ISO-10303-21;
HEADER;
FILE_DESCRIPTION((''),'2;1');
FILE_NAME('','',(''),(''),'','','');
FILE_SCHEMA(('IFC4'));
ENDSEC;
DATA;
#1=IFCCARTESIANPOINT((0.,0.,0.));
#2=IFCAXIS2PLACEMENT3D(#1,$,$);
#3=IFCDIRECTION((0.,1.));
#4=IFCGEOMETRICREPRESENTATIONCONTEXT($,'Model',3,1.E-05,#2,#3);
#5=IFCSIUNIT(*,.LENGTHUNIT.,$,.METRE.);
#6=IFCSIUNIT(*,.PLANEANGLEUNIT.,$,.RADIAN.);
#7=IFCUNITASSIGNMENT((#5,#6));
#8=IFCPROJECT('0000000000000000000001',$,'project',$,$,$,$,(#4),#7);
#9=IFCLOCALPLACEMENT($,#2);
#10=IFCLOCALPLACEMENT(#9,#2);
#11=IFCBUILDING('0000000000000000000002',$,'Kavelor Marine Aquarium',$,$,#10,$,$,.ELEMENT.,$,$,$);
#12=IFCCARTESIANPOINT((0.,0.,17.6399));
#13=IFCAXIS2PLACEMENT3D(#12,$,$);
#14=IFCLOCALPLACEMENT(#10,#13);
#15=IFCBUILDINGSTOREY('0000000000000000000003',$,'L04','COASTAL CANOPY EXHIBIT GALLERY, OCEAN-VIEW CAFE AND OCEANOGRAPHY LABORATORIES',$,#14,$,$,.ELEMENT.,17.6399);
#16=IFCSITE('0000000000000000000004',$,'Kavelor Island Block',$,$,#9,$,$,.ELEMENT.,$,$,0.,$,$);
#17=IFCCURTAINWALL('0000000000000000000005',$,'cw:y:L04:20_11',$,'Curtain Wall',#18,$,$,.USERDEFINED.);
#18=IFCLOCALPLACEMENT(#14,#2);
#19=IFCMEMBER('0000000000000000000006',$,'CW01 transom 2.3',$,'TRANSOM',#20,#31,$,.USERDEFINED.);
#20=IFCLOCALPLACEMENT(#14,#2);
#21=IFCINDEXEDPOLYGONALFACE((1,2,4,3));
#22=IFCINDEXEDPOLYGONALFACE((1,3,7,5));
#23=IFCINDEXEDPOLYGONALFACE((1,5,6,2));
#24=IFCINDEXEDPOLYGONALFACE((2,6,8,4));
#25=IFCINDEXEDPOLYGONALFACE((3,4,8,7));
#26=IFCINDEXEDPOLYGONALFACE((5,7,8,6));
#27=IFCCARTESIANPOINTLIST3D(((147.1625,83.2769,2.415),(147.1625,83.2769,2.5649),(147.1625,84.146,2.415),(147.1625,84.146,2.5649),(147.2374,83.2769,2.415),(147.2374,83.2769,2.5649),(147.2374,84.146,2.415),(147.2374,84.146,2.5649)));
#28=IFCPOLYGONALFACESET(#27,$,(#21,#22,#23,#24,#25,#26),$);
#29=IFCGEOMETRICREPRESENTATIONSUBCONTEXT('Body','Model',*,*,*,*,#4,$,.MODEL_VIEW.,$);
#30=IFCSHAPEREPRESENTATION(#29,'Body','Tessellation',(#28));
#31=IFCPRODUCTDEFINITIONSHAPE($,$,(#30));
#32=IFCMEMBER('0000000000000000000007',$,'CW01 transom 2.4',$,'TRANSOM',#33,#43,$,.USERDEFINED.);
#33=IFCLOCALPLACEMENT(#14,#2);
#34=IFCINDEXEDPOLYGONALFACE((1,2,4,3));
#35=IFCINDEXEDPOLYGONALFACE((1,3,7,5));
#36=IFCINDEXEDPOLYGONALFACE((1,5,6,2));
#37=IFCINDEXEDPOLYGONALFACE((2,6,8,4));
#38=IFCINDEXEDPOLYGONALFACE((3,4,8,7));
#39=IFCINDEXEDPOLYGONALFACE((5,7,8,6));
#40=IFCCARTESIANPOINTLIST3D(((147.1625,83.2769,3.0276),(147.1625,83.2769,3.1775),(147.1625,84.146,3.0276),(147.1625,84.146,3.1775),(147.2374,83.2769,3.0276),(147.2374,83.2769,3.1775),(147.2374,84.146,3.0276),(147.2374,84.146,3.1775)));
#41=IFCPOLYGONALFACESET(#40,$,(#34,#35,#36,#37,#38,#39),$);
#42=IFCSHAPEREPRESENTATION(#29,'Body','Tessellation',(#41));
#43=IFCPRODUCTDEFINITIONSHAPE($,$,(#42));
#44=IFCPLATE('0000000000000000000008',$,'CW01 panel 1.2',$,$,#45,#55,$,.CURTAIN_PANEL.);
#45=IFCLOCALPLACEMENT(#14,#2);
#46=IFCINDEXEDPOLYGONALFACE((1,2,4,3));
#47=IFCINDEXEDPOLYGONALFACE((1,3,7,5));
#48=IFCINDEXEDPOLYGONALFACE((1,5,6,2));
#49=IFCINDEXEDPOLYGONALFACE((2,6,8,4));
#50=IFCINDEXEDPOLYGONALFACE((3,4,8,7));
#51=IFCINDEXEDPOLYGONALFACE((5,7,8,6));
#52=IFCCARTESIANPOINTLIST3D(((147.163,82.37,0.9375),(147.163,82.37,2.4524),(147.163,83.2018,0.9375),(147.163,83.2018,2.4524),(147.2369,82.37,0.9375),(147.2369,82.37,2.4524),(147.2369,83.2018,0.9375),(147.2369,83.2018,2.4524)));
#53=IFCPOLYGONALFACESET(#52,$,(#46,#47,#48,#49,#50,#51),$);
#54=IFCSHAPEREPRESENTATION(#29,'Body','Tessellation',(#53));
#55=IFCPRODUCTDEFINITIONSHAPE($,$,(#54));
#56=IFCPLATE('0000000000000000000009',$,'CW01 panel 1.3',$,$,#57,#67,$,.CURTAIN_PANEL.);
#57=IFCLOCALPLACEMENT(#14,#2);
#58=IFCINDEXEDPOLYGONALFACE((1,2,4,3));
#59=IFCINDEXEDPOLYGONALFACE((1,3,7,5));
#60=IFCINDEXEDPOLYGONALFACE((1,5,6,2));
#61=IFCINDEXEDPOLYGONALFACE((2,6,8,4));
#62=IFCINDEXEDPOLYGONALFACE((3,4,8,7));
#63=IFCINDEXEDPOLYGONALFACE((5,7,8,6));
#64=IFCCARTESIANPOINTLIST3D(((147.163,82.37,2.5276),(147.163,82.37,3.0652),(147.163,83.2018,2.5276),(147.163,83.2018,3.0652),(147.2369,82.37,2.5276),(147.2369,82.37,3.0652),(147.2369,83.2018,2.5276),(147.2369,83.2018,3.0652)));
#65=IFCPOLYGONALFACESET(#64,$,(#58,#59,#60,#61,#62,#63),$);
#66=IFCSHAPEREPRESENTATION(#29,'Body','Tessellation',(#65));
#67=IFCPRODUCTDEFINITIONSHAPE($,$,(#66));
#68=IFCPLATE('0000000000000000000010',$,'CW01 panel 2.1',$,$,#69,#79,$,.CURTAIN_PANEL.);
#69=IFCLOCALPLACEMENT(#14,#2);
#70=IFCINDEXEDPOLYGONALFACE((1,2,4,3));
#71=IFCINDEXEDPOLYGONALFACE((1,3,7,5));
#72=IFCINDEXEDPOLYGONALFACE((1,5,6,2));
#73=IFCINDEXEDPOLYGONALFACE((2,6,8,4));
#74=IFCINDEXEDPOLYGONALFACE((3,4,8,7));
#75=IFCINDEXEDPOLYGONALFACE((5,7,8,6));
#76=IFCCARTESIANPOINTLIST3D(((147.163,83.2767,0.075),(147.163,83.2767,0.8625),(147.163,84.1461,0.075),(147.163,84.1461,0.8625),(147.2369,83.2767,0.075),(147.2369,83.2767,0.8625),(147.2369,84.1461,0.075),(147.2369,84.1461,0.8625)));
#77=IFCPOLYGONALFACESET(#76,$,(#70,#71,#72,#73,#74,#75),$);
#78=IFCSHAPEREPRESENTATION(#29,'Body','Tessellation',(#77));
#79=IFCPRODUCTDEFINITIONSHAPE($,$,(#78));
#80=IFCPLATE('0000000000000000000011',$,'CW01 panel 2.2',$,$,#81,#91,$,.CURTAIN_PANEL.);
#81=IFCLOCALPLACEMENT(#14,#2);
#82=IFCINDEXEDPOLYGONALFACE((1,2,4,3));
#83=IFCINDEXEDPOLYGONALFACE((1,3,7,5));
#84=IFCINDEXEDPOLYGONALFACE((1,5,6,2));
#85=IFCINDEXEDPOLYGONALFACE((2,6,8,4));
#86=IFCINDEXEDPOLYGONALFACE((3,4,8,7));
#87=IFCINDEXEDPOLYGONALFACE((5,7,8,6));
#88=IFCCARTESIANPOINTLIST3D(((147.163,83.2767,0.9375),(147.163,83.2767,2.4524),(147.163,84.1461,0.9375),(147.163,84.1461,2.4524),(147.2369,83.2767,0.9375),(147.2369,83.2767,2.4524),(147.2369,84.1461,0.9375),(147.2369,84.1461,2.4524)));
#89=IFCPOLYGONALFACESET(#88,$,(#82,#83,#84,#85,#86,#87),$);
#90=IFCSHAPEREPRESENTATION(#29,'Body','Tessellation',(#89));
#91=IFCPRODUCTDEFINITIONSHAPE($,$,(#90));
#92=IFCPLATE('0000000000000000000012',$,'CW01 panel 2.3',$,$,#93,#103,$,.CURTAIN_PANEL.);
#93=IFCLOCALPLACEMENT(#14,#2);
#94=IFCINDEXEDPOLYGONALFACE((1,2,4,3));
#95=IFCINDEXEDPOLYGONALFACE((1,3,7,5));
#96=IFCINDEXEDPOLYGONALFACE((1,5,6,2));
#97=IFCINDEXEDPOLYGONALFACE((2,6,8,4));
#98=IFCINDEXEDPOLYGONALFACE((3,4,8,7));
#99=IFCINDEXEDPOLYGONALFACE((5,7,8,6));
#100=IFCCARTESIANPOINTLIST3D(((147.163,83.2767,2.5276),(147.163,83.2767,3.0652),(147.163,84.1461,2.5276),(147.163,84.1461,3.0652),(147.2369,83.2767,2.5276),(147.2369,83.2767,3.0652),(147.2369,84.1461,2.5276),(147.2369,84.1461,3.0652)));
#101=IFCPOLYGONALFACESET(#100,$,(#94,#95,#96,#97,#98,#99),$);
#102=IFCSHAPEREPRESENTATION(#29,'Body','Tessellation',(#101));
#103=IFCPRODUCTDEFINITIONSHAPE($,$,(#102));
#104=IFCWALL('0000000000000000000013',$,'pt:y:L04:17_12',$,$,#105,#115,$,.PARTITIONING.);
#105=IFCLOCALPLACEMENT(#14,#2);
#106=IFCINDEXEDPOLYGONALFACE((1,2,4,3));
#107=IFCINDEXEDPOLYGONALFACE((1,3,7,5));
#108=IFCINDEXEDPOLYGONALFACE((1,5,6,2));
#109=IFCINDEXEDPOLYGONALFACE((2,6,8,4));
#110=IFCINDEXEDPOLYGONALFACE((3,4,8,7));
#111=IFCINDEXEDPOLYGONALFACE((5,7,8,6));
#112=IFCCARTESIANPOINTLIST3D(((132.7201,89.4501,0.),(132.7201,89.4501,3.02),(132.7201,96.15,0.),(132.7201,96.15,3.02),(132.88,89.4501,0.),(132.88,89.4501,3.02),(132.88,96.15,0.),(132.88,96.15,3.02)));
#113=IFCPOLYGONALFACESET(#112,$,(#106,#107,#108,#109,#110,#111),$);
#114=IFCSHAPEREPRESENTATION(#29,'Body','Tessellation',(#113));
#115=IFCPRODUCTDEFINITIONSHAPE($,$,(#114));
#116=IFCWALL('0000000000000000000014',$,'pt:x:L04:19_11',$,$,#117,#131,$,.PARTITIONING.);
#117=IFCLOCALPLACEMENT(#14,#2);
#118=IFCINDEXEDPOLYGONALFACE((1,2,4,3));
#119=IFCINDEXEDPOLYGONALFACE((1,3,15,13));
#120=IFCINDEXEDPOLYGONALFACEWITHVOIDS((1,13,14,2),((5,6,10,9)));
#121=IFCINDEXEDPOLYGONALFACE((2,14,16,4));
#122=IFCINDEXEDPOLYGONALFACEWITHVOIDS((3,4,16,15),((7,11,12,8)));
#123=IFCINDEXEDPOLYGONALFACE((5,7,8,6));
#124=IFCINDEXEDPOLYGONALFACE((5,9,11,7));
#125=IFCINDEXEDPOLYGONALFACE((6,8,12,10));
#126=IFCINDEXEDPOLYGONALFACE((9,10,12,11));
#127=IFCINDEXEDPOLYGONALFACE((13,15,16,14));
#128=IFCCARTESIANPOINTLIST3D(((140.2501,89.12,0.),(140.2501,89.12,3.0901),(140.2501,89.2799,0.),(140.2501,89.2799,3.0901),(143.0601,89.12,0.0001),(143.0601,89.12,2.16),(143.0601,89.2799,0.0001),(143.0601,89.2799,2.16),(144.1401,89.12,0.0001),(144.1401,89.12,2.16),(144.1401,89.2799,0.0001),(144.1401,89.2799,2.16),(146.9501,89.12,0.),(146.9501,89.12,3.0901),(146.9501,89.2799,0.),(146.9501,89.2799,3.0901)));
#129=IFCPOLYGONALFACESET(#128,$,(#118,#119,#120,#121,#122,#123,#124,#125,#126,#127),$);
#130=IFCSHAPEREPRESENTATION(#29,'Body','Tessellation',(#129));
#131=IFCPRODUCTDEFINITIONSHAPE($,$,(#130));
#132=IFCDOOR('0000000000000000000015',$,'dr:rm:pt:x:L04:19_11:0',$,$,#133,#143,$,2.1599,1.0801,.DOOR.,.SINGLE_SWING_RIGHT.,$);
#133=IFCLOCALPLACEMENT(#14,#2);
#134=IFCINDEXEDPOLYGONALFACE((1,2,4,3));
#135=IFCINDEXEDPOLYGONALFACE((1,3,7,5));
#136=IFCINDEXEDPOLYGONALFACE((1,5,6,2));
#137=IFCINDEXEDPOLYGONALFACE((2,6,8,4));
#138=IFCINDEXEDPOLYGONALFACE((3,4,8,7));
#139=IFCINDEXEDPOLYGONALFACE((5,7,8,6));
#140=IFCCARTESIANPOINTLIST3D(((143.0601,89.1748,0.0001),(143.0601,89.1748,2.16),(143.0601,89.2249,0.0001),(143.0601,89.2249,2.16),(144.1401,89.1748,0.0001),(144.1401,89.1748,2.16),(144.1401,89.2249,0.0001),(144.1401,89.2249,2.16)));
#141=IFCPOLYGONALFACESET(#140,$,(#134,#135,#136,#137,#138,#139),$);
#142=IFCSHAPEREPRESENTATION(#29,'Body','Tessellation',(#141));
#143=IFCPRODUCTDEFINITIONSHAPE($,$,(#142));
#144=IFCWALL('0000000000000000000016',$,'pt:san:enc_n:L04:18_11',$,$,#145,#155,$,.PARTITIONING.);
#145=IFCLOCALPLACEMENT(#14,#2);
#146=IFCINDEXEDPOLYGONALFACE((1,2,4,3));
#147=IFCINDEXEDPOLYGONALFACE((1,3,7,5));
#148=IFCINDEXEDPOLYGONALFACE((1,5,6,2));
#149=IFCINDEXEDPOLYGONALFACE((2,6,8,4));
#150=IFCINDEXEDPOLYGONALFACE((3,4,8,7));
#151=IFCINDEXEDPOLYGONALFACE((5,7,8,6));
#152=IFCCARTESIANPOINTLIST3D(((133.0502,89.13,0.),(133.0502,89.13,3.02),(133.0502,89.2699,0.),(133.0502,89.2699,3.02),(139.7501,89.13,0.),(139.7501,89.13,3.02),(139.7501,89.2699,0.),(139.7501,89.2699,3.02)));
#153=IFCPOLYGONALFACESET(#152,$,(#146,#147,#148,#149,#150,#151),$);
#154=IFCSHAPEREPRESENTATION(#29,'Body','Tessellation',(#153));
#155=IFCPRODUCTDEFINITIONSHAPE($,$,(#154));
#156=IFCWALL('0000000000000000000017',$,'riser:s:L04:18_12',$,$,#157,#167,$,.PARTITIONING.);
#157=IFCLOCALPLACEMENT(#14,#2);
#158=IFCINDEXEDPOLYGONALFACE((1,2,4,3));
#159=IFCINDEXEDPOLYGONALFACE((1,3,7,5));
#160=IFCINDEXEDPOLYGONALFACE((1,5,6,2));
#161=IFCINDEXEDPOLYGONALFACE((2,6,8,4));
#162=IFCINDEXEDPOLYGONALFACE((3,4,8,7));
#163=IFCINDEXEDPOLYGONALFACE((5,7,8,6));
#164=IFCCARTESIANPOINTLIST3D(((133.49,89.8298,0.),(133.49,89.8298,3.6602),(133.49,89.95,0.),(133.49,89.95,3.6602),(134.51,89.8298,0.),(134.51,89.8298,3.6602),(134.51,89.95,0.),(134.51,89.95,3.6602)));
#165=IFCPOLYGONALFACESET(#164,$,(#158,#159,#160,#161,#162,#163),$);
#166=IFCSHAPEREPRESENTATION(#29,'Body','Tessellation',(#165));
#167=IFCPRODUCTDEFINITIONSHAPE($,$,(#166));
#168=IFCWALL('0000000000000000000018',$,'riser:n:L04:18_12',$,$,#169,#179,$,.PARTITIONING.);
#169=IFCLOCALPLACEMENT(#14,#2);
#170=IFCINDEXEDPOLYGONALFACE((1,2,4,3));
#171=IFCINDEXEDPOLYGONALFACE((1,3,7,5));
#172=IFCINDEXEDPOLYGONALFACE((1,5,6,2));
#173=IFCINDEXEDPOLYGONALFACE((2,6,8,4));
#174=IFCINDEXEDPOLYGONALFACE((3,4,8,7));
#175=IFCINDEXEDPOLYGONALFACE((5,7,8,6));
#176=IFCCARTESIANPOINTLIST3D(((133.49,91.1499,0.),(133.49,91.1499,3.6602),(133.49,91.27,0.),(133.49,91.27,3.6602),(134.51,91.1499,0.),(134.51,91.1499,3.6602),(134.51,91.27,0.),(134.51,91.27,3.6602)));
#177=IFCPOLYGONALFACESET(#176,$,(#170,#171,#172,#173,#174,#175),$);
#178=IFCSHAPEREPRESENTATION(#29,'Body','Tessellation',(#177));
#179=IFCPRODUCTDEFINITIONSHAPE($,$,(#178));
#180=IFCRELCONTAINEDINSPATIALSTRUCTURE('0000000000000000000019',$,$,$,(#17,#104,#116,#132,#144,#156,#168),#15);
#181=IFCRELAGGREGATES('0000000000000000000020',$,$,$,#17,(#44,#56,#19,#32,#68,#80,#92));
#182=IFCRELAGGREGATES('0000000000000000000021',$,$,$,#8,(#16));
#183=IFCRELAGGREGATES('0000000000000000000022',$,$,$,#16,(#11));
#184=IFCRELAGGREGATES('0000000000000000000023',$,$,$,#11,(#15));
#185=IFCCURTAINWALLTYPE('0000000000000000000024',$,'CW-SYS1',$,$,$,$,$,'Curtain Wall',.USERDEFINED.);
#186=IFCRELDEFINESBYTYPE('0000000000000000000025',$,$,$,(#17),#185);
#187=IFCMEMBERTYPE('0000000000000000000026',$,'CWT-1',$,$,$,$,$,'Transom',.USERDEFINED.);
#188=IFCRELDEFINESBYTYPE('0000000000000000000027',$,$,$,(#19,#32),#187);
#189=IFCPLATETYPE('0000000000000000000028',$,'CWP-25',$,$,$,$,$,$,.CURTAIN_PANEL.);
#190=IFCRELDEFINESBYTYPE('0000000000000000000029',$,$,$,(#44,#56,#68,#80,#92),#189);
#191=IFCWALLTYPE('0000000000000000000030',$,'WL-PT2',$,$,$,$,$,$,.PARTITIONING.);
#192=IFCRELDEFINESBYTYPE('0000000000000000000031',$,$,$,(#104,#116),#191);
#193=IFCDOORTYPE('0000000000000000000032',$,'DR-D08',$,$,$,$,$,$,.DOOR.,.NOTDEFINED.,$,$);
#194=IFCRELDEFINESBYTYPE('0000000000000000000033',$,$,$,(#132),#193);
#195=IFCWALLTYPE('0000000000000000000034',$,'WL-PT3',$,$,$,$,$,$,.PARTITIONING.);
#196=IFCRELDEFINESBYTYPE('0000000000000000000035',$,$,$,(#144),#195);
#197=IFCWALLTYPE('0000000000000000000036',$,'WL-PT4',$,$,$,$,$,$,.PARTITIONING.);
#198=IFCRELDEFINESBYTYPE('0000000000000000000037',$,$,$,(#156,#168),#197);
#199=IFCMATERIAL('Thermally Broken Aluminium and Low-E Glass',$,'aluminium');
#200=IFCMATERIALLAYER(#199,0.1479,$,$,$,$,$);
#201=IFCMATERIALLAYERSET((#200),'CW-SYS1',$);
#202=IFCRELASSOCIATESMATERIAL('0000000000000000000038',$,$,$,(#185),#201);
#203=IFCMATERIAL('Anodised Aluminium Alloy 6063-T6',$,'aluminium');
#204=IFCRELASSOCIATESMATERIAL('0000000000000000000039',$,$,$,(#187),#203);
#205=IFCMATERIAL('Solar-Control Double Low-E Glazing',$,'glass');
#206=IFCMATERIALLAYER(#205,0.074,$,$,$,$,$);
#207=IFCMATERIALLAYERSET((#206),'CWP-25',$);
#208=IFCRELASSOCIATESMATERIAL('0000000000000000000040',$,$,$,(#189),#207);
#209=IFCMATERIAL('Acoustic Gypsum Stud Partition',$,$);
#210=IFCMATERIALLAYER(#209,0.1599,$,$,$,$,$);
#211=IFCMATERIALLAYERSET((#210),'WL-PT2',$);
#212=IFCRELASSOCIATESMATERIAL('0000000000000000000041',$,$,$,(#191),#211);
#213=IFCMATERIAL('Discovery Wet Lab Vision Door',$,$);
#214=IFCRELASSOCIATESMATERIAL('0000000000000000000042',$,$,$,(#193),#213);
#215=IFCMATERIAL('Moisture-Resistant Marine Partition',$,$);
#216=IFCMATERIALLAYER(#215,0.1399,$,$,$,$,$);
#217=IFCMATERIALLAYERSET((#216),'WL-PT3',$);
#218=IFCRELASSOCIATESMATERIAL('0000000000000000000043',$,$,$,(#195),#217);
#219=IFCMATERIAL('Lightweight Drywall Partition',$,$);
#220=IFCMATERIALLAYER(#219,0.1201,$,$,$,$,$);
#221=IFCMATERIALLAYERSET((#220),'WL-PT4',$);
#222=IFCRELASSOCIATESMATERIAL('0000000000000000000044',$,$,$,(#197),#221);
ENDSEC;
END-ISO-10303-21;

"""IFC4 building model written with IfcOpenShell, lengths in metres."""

from ifc_helpers import new_model, si_unit, direction, frame, frame_2d, origin, origin_2d, place, context, subcontext, project, spatial, rectangle, extrude, material, layer, layer_set, material_profile, profile_set, type_object, element, fill, aggregate, save


model = new_model("IFC4")

# Units and contexts
model_context = context("Model", 3, precision=1e-05, world=origin(), true_north=direction((0.0, 1.0)))
body_context = subcontext(model_context, "Body", "Model", "MODEL_VIEW")
ifc_project = project(units=[si_unit("LENGTHUNIT", "METRE"), si_unit("PLANEANGLEUNIT", "RADIAN")], contexts=[model_context])

# Site, building, storey
site_placement = place(None, origin())
site = spatial("IfcSite", under=ifc_project, at=site_placement, Name="Kavelor Island Block", CompositionType="ELEMENT", RefElevation=0.0)
building_placement = place(site_placement, origin())
building = spatial("IfcBuilding", under=site, at=building_placement, Name="Kavelor Marine Aquarium", CompositionType="ELEMENT")
storey_placement = place(building_placement, frame((0.0, 0.0, 17.6399)))
storey = spatial("IfcBuildingStorey", under=building, at=storey_placement, Name="L04", Description="COASTAL CANOPY EXHIBIT GALLERY, OCEAN-VIEW CAFE AND OCEANOGRAPHY LABORATORIES", CompositionType="ELEMENT", Elevation=17.6399)

# Curtain wall, members, plates
ifc_material_1 = material(Name="Thermally Broken Aluminium and Low-E Glass", Category="aluminium")
ifc_layer_1 = layer(ifc_material_1, 0.1479)
ifc_layer_set_1 = layer_set([ifc_layer_1], Name="CW-SYS1")
curtain_wall_type = type_object("IfcCurtainWallType", Name="CW-SYS1", ElementType="Curtain Wall", PredefinedType="USERDEFINED", material=ifc_layer_set_1)
curtain_wall_placement = place(storey_placement, origin())
curtain_wall = element("IfcCurtainWall", 1, at=curtain_wall_placement, inside=storey, type_object=curtain_wall_type, Name="cw:y:L04:20_11", ObjectType="Curtain Wall", PredefinedType="USERDEFINED")
ifc_material_2 = material(Name="Anodised Aluminium Alloy 6063-T6", Category="aluminium")
ifc_material_profile_1 = material_profile(ifc_material_2, rectangle(XDim=0.075, YDim=0.1499, at=origin_2d()), Name="CW-TRN 75x150")
ifc_profile_set_1 = profile_set([ifc_material_profile_1], Name="Anodised Aluminium Alloy 6063-T6")
member_type_1 = type_object("IfcMemberType", Name="CWT-1", ElementType="Transom", PredefinedType="USERDEFINED", material=ifc_profile_set_1)
member_1_placement = place(storey_placement, frame((147.2, 83.2769, 2.49), z_axis=(0.0, 1.0, 0.0), x_axis=(-1.0, 0.0, 0.0)))
member_1 = element("IfcMember", 2, at=member_1_placement, type_object=member_type_1, Name="CW01 transom 2.3", ObjectType="TRANSOM", PredefinedType="USERDEFINED", context=body_context, shape_type="SweptSolid", body=[
    extrude(rectangle(XDim=0.075, YDim=0.1499, at=origin_2d()), origin(), (0.0, 0.0, 1.0), 0.8691),
])
member_2_placement = place(storey_placement, frame((147.2, 83.2769, 3.1025), z_axis=(0.0, 1.0, 0.0), x_axis=(-1.0, 0.0, 0.0)))
member_2 = element("IfcMember", 3, at=member_2_placement, type_object=member_type_1, Name="CW01 transom 2.4", ObjectType="TRANSOM", PredefinedType="USERDEFINED", context=body_context, shape_type="SweptSolid", body=[
    extrude(rectangle(XDim=0.075, YDim=0.1499, at=origin_2d()), origin(), (0.0, 0.0, 1.0), 0.8691),
])
ifc_material_3 = material(Name="Solar-Control Double Low-E Glazing", Category="glass")
ifc_layer_2 = layer(ifc_material_3, 0.074)
ifc_layer_set_2 = layer_set([ifc_layer_2], Name="CWP-25")
plate_type = type_object("IfcPlateType", Name="CWP-25", PredefinedType="CURTAIN_PANEL", material=ifc_layer_set_2)
plate_1_placement = place(storey_placement, frame((147.2, 82.7859, 0.9375), z_axis=(0.0, 0.0, 1.0), x_axis=(0.0, 1.0, 0.0)))
plate_1 = element("IfcPlate", 4, at=plate_1_placement, type_object=plate_type, Name="CW01 panel 1.2", PredefinedType="CURTAIN_PANEL", context=body_context, shape_type="SweptSolid", body=[
    extrude(rectangle(XDim=0.8318, YDim=0.074, at=origin_2d()), origin(), (0.0, 0.0, 1.0), 1.5149),
])
plate_2_placement = place(storey_placement, frame((147.2, 82.7859, 2.5276), z_axis=(0.0, 0.0, 1.0), x_axis=(0.0, 1.0, 0.0)))
plate_2 = element("IfcPlate", 5, at=plate_2_placement, type_object=plate_type, Name="CW01 panel 1.3", PredefinedType="CURTAIN_PANEL", context=body_context, shape_type="SweptSolid", body=[
    extrude(rectangle(XDim=0.8318, YDim=0.074, at=origin_2d()), origin(), (0.0, 0.0, 1.0), 0.5376),
])
plate_3_placement = place(storey_placement, frame((147.2, 83.7114, 0.075), z_axis=(0.0, 0.0, 1.0), x_axis=(0.0, 1.0, 0.0)))
plate_3 = element("IfcPlate", 6, at=plate_3_placement, type_object=plate_type, Name="CW01 panel 2.1", PredefinedType="CURTAIN_PANEL", context=body_context, shape_type="SweptSolid", body=[
    extrude(rectangle(XDim=0.8694, YDim=0.074, at=origin_2d()), origin(), (0.0, 0.0, 1.0), 0.7876),
])
plate_4_placement = place(storey_placement, frame((147.2, 83.7114, 0.9375), z_axis=(0.0, 0.0, 1.0), x_axis=(0.0, 1.0, 0.0)))
plate_4 = element("IfcPlate", 7, at=plate_4_placement, type_object=plate_type, Name="CW01 panel 2.2", PredefinedType="CURTAIN_PANEL", context=body_context, shape_type="SweptSolid", body=[
    extrude(rectangle(XDim=0.8694, YDim=0.074, at=origin_2d()), origin(), (0.0, 0.0, 1.0), 1.5149),
])
plate_5_placement = place(storey_placement, frame((147.2, 83.7114, 2.5276), z_axis=(0.0, 0.0, 1.0), x_axis=(0.0, 1.0, 0.0)))
plate_5 = element("IfcPlate", 8, at=plate_5_placement, type_object=plate_type, Name="CW01 panel 2.3", PredefinedType="CURTAIN_PANEL", context=body_context, shape_type="SweptSolid", body=[
    extrude(rectangle(XDim=0.8694, YDim=0.074, at=origin_2d()), origin(), (0.0, 0.0, 1.0), 0.5376),
])
aggregate(curtain_wall, [plate_1, plate_2, member_1, member_2, plate_3, plate_4, plate_5])

# Wall
ifc_material_4 = material(Name="Acoustic Gypsum Stud Partition")
ifc_layer_3 = layer(ifc_material_4, 0.1599)
ifc_layer_set_3 = layer_set([ifc_layer_3], Name="WL-PT2")
wall_type_1 = type_object("IfcWallType", Name="WL-PT2", PredefinedType="PARTITIONING", material=ifc_layer_set_3)
wall_1_placement = place(storey_placement, frame((132.8, 89.45, 0.0), z_axis=(0.0, 0.0, 1.0), x_axis=(0.0, 1.0, 0.0)))
element("IfcWall", 9, at=wall_1_placement, inside=storey, type_object=wall_type_1, Name="pt:y:L04:17_12", PredefinedType="PARTITIONING", context=body_context, shape_type="SweptSolid", body=[
    extrude(rectangle(XDim=6.7, YDim=0.1599, at=frame_2d((3.3501, 0.0))), origin(), (0.0, 0.0, 1.0), 3.02),
])

# Wall, opening, door
wall_2_placement = place(storey_placement, frame((140.25, 89.2, 0.0), z_axis=(0.0, 0.0, 1.0), x_axis=(1.0, 0.0, 0.0)))
wall_2 = element("IfcWall", 10, at=wall_2_placement, inside=storey, type_object=wall_type_1, Name="pt:x:L04:19_11", PredefinedType="PARTITIONING", context=body_context, shape_type="SweptSolid", body=[
    extrude(rectangle(XDim=6.7, YDim=0.1599, at=frame_2d((3.3501, 0.0))), origin(), (0.0, 0.0, 1.0), 3.0901),
])
opening_placement = place(wall_2_placement, frame((2.8101, 0.0, 0.0)))
opening = element("IfcOpeningElement", 11, at=opening_placement, cuts=wall_2, PredefinedType="OPENING", context=body_context, shape_type="SweptSolid", body=[
    extrude(rectangle(XDim=1.0801, YDim=2.1599, at=frame_2d((0.54, 1.0801))), frame((0.0, 0.0898, 0.0), z_axis=(0.0, -1.0, 0.0), x_axis=(1.0, 0.0, 0.0)), (0.0, 0.0, 1.0), 0.1799),
])
ifc_material_5 = material(Name="Discovery Wet Lab Vision Door")
door_type = type_object("IfcDoorType", Name="DR-D08", OperationType="NOTDEFINED", PredefinedType="DOOR", material=ifc_material_5)
door_placement = place(opening_placement, origin())
door = element("IfcDoor", 12, at=door_placement, inside=storey, type_object=door_type, Name="dr:rm:pt:x:L04:19_11:0", OperationType="SINGLE_SWING_RIGHT", OverallHeight=2.1599, OverallWidth=1.0801, PredefinedType="DOOR", context=body_context, shape_type="SweptSolid", body=[
    extrude(rectangle(XDim=1.0801, YDim=2.1599, at=frame_2d((0.54, 1.0801))), frame((0.0, 0.0249, 0.0), z_axis=(0.0, -1.0, 0.0), x_axis=(1.0, 0.0, 0.0)), (0.0, 0.0, 1.0), 0.05),
])
fill(opening, door)

# Walls
ifc_material_6 = material(Name="Moisture-Resistant Marine Partition")
ifc_layer_4 = layer(ifc_material_6, 0.1399)
ifc_layer_set_4 = layer_set([ifc_layer_4], Name="WL-PT3")
wall_type_2 = type_object("IfcWallType", Name="WL-PT3", PredefinedType="PARTITIONING", material=ifc_layer_set_4)
wall_3_placement = place(storey_placement, frame((133.05, 89.2, 0.0), z_axis=(0.0, 0.0, 1.0), x_axis=(1.0, 0.0, 0.0)))
element("IfcWall", 13, at=wall_3_placement, inside=storey, type_object=wall_type_2, Name="pt:san:enc_n:L04:18_11", PredefinedType="PARTITIONING", context=body_context, shape_type="SweptSolid", body=[
    extrude(rectangle(XDim=6.7, YDim=0.1399, at=frame_2d((3.3501, 0.0))), origin(), (0.0, 0.0, 1.0), 3.02),
])
ifc_material_7 = material(Name="Lightweight Drywall Partition")
ifc_layer_5 = layer(ifc_material_7, 0.1201)
ifc_layer_set_5 = layer_set([ifc_layer_5], Name="WL-PT4")
wall_type_3 = type_object("IfcWallType", Name="WL-PT4", PredefinedType="PARTITIONING", material=ifc_layer_set_5)
for number, where, z_axis, x_axis, name in (
    (14, (133.49, 89.8899, 0.0), (0.0, 0.0, 1.0), (1.0, 0.0, 0.0), "riser:s:L04:18_12"),
    (15, (133.49, 91.21, 0.0), (0.0, 0.0, 1.0), (1.0, 0.0, 0.0), "riser:n:L04:18_12"),
):
    element("IfcWall", number, at=place(storey_placement, frame(where, z_axis=z_axis, x_axis=x_axis)), inside=storey, type_object=wall_type_3, Name=name, PredefinedType="PARTITIONING", context=body_context, shape_type="SweptSolid", body=[
        extrude(rectangle(XDim=1.02, YDim=0.1201, at=frame_2d((0.51, 0.0))), origin(), (0.0, 0.0, 1.0), 3.6602),
    ])

save(model, "model.ifc")
